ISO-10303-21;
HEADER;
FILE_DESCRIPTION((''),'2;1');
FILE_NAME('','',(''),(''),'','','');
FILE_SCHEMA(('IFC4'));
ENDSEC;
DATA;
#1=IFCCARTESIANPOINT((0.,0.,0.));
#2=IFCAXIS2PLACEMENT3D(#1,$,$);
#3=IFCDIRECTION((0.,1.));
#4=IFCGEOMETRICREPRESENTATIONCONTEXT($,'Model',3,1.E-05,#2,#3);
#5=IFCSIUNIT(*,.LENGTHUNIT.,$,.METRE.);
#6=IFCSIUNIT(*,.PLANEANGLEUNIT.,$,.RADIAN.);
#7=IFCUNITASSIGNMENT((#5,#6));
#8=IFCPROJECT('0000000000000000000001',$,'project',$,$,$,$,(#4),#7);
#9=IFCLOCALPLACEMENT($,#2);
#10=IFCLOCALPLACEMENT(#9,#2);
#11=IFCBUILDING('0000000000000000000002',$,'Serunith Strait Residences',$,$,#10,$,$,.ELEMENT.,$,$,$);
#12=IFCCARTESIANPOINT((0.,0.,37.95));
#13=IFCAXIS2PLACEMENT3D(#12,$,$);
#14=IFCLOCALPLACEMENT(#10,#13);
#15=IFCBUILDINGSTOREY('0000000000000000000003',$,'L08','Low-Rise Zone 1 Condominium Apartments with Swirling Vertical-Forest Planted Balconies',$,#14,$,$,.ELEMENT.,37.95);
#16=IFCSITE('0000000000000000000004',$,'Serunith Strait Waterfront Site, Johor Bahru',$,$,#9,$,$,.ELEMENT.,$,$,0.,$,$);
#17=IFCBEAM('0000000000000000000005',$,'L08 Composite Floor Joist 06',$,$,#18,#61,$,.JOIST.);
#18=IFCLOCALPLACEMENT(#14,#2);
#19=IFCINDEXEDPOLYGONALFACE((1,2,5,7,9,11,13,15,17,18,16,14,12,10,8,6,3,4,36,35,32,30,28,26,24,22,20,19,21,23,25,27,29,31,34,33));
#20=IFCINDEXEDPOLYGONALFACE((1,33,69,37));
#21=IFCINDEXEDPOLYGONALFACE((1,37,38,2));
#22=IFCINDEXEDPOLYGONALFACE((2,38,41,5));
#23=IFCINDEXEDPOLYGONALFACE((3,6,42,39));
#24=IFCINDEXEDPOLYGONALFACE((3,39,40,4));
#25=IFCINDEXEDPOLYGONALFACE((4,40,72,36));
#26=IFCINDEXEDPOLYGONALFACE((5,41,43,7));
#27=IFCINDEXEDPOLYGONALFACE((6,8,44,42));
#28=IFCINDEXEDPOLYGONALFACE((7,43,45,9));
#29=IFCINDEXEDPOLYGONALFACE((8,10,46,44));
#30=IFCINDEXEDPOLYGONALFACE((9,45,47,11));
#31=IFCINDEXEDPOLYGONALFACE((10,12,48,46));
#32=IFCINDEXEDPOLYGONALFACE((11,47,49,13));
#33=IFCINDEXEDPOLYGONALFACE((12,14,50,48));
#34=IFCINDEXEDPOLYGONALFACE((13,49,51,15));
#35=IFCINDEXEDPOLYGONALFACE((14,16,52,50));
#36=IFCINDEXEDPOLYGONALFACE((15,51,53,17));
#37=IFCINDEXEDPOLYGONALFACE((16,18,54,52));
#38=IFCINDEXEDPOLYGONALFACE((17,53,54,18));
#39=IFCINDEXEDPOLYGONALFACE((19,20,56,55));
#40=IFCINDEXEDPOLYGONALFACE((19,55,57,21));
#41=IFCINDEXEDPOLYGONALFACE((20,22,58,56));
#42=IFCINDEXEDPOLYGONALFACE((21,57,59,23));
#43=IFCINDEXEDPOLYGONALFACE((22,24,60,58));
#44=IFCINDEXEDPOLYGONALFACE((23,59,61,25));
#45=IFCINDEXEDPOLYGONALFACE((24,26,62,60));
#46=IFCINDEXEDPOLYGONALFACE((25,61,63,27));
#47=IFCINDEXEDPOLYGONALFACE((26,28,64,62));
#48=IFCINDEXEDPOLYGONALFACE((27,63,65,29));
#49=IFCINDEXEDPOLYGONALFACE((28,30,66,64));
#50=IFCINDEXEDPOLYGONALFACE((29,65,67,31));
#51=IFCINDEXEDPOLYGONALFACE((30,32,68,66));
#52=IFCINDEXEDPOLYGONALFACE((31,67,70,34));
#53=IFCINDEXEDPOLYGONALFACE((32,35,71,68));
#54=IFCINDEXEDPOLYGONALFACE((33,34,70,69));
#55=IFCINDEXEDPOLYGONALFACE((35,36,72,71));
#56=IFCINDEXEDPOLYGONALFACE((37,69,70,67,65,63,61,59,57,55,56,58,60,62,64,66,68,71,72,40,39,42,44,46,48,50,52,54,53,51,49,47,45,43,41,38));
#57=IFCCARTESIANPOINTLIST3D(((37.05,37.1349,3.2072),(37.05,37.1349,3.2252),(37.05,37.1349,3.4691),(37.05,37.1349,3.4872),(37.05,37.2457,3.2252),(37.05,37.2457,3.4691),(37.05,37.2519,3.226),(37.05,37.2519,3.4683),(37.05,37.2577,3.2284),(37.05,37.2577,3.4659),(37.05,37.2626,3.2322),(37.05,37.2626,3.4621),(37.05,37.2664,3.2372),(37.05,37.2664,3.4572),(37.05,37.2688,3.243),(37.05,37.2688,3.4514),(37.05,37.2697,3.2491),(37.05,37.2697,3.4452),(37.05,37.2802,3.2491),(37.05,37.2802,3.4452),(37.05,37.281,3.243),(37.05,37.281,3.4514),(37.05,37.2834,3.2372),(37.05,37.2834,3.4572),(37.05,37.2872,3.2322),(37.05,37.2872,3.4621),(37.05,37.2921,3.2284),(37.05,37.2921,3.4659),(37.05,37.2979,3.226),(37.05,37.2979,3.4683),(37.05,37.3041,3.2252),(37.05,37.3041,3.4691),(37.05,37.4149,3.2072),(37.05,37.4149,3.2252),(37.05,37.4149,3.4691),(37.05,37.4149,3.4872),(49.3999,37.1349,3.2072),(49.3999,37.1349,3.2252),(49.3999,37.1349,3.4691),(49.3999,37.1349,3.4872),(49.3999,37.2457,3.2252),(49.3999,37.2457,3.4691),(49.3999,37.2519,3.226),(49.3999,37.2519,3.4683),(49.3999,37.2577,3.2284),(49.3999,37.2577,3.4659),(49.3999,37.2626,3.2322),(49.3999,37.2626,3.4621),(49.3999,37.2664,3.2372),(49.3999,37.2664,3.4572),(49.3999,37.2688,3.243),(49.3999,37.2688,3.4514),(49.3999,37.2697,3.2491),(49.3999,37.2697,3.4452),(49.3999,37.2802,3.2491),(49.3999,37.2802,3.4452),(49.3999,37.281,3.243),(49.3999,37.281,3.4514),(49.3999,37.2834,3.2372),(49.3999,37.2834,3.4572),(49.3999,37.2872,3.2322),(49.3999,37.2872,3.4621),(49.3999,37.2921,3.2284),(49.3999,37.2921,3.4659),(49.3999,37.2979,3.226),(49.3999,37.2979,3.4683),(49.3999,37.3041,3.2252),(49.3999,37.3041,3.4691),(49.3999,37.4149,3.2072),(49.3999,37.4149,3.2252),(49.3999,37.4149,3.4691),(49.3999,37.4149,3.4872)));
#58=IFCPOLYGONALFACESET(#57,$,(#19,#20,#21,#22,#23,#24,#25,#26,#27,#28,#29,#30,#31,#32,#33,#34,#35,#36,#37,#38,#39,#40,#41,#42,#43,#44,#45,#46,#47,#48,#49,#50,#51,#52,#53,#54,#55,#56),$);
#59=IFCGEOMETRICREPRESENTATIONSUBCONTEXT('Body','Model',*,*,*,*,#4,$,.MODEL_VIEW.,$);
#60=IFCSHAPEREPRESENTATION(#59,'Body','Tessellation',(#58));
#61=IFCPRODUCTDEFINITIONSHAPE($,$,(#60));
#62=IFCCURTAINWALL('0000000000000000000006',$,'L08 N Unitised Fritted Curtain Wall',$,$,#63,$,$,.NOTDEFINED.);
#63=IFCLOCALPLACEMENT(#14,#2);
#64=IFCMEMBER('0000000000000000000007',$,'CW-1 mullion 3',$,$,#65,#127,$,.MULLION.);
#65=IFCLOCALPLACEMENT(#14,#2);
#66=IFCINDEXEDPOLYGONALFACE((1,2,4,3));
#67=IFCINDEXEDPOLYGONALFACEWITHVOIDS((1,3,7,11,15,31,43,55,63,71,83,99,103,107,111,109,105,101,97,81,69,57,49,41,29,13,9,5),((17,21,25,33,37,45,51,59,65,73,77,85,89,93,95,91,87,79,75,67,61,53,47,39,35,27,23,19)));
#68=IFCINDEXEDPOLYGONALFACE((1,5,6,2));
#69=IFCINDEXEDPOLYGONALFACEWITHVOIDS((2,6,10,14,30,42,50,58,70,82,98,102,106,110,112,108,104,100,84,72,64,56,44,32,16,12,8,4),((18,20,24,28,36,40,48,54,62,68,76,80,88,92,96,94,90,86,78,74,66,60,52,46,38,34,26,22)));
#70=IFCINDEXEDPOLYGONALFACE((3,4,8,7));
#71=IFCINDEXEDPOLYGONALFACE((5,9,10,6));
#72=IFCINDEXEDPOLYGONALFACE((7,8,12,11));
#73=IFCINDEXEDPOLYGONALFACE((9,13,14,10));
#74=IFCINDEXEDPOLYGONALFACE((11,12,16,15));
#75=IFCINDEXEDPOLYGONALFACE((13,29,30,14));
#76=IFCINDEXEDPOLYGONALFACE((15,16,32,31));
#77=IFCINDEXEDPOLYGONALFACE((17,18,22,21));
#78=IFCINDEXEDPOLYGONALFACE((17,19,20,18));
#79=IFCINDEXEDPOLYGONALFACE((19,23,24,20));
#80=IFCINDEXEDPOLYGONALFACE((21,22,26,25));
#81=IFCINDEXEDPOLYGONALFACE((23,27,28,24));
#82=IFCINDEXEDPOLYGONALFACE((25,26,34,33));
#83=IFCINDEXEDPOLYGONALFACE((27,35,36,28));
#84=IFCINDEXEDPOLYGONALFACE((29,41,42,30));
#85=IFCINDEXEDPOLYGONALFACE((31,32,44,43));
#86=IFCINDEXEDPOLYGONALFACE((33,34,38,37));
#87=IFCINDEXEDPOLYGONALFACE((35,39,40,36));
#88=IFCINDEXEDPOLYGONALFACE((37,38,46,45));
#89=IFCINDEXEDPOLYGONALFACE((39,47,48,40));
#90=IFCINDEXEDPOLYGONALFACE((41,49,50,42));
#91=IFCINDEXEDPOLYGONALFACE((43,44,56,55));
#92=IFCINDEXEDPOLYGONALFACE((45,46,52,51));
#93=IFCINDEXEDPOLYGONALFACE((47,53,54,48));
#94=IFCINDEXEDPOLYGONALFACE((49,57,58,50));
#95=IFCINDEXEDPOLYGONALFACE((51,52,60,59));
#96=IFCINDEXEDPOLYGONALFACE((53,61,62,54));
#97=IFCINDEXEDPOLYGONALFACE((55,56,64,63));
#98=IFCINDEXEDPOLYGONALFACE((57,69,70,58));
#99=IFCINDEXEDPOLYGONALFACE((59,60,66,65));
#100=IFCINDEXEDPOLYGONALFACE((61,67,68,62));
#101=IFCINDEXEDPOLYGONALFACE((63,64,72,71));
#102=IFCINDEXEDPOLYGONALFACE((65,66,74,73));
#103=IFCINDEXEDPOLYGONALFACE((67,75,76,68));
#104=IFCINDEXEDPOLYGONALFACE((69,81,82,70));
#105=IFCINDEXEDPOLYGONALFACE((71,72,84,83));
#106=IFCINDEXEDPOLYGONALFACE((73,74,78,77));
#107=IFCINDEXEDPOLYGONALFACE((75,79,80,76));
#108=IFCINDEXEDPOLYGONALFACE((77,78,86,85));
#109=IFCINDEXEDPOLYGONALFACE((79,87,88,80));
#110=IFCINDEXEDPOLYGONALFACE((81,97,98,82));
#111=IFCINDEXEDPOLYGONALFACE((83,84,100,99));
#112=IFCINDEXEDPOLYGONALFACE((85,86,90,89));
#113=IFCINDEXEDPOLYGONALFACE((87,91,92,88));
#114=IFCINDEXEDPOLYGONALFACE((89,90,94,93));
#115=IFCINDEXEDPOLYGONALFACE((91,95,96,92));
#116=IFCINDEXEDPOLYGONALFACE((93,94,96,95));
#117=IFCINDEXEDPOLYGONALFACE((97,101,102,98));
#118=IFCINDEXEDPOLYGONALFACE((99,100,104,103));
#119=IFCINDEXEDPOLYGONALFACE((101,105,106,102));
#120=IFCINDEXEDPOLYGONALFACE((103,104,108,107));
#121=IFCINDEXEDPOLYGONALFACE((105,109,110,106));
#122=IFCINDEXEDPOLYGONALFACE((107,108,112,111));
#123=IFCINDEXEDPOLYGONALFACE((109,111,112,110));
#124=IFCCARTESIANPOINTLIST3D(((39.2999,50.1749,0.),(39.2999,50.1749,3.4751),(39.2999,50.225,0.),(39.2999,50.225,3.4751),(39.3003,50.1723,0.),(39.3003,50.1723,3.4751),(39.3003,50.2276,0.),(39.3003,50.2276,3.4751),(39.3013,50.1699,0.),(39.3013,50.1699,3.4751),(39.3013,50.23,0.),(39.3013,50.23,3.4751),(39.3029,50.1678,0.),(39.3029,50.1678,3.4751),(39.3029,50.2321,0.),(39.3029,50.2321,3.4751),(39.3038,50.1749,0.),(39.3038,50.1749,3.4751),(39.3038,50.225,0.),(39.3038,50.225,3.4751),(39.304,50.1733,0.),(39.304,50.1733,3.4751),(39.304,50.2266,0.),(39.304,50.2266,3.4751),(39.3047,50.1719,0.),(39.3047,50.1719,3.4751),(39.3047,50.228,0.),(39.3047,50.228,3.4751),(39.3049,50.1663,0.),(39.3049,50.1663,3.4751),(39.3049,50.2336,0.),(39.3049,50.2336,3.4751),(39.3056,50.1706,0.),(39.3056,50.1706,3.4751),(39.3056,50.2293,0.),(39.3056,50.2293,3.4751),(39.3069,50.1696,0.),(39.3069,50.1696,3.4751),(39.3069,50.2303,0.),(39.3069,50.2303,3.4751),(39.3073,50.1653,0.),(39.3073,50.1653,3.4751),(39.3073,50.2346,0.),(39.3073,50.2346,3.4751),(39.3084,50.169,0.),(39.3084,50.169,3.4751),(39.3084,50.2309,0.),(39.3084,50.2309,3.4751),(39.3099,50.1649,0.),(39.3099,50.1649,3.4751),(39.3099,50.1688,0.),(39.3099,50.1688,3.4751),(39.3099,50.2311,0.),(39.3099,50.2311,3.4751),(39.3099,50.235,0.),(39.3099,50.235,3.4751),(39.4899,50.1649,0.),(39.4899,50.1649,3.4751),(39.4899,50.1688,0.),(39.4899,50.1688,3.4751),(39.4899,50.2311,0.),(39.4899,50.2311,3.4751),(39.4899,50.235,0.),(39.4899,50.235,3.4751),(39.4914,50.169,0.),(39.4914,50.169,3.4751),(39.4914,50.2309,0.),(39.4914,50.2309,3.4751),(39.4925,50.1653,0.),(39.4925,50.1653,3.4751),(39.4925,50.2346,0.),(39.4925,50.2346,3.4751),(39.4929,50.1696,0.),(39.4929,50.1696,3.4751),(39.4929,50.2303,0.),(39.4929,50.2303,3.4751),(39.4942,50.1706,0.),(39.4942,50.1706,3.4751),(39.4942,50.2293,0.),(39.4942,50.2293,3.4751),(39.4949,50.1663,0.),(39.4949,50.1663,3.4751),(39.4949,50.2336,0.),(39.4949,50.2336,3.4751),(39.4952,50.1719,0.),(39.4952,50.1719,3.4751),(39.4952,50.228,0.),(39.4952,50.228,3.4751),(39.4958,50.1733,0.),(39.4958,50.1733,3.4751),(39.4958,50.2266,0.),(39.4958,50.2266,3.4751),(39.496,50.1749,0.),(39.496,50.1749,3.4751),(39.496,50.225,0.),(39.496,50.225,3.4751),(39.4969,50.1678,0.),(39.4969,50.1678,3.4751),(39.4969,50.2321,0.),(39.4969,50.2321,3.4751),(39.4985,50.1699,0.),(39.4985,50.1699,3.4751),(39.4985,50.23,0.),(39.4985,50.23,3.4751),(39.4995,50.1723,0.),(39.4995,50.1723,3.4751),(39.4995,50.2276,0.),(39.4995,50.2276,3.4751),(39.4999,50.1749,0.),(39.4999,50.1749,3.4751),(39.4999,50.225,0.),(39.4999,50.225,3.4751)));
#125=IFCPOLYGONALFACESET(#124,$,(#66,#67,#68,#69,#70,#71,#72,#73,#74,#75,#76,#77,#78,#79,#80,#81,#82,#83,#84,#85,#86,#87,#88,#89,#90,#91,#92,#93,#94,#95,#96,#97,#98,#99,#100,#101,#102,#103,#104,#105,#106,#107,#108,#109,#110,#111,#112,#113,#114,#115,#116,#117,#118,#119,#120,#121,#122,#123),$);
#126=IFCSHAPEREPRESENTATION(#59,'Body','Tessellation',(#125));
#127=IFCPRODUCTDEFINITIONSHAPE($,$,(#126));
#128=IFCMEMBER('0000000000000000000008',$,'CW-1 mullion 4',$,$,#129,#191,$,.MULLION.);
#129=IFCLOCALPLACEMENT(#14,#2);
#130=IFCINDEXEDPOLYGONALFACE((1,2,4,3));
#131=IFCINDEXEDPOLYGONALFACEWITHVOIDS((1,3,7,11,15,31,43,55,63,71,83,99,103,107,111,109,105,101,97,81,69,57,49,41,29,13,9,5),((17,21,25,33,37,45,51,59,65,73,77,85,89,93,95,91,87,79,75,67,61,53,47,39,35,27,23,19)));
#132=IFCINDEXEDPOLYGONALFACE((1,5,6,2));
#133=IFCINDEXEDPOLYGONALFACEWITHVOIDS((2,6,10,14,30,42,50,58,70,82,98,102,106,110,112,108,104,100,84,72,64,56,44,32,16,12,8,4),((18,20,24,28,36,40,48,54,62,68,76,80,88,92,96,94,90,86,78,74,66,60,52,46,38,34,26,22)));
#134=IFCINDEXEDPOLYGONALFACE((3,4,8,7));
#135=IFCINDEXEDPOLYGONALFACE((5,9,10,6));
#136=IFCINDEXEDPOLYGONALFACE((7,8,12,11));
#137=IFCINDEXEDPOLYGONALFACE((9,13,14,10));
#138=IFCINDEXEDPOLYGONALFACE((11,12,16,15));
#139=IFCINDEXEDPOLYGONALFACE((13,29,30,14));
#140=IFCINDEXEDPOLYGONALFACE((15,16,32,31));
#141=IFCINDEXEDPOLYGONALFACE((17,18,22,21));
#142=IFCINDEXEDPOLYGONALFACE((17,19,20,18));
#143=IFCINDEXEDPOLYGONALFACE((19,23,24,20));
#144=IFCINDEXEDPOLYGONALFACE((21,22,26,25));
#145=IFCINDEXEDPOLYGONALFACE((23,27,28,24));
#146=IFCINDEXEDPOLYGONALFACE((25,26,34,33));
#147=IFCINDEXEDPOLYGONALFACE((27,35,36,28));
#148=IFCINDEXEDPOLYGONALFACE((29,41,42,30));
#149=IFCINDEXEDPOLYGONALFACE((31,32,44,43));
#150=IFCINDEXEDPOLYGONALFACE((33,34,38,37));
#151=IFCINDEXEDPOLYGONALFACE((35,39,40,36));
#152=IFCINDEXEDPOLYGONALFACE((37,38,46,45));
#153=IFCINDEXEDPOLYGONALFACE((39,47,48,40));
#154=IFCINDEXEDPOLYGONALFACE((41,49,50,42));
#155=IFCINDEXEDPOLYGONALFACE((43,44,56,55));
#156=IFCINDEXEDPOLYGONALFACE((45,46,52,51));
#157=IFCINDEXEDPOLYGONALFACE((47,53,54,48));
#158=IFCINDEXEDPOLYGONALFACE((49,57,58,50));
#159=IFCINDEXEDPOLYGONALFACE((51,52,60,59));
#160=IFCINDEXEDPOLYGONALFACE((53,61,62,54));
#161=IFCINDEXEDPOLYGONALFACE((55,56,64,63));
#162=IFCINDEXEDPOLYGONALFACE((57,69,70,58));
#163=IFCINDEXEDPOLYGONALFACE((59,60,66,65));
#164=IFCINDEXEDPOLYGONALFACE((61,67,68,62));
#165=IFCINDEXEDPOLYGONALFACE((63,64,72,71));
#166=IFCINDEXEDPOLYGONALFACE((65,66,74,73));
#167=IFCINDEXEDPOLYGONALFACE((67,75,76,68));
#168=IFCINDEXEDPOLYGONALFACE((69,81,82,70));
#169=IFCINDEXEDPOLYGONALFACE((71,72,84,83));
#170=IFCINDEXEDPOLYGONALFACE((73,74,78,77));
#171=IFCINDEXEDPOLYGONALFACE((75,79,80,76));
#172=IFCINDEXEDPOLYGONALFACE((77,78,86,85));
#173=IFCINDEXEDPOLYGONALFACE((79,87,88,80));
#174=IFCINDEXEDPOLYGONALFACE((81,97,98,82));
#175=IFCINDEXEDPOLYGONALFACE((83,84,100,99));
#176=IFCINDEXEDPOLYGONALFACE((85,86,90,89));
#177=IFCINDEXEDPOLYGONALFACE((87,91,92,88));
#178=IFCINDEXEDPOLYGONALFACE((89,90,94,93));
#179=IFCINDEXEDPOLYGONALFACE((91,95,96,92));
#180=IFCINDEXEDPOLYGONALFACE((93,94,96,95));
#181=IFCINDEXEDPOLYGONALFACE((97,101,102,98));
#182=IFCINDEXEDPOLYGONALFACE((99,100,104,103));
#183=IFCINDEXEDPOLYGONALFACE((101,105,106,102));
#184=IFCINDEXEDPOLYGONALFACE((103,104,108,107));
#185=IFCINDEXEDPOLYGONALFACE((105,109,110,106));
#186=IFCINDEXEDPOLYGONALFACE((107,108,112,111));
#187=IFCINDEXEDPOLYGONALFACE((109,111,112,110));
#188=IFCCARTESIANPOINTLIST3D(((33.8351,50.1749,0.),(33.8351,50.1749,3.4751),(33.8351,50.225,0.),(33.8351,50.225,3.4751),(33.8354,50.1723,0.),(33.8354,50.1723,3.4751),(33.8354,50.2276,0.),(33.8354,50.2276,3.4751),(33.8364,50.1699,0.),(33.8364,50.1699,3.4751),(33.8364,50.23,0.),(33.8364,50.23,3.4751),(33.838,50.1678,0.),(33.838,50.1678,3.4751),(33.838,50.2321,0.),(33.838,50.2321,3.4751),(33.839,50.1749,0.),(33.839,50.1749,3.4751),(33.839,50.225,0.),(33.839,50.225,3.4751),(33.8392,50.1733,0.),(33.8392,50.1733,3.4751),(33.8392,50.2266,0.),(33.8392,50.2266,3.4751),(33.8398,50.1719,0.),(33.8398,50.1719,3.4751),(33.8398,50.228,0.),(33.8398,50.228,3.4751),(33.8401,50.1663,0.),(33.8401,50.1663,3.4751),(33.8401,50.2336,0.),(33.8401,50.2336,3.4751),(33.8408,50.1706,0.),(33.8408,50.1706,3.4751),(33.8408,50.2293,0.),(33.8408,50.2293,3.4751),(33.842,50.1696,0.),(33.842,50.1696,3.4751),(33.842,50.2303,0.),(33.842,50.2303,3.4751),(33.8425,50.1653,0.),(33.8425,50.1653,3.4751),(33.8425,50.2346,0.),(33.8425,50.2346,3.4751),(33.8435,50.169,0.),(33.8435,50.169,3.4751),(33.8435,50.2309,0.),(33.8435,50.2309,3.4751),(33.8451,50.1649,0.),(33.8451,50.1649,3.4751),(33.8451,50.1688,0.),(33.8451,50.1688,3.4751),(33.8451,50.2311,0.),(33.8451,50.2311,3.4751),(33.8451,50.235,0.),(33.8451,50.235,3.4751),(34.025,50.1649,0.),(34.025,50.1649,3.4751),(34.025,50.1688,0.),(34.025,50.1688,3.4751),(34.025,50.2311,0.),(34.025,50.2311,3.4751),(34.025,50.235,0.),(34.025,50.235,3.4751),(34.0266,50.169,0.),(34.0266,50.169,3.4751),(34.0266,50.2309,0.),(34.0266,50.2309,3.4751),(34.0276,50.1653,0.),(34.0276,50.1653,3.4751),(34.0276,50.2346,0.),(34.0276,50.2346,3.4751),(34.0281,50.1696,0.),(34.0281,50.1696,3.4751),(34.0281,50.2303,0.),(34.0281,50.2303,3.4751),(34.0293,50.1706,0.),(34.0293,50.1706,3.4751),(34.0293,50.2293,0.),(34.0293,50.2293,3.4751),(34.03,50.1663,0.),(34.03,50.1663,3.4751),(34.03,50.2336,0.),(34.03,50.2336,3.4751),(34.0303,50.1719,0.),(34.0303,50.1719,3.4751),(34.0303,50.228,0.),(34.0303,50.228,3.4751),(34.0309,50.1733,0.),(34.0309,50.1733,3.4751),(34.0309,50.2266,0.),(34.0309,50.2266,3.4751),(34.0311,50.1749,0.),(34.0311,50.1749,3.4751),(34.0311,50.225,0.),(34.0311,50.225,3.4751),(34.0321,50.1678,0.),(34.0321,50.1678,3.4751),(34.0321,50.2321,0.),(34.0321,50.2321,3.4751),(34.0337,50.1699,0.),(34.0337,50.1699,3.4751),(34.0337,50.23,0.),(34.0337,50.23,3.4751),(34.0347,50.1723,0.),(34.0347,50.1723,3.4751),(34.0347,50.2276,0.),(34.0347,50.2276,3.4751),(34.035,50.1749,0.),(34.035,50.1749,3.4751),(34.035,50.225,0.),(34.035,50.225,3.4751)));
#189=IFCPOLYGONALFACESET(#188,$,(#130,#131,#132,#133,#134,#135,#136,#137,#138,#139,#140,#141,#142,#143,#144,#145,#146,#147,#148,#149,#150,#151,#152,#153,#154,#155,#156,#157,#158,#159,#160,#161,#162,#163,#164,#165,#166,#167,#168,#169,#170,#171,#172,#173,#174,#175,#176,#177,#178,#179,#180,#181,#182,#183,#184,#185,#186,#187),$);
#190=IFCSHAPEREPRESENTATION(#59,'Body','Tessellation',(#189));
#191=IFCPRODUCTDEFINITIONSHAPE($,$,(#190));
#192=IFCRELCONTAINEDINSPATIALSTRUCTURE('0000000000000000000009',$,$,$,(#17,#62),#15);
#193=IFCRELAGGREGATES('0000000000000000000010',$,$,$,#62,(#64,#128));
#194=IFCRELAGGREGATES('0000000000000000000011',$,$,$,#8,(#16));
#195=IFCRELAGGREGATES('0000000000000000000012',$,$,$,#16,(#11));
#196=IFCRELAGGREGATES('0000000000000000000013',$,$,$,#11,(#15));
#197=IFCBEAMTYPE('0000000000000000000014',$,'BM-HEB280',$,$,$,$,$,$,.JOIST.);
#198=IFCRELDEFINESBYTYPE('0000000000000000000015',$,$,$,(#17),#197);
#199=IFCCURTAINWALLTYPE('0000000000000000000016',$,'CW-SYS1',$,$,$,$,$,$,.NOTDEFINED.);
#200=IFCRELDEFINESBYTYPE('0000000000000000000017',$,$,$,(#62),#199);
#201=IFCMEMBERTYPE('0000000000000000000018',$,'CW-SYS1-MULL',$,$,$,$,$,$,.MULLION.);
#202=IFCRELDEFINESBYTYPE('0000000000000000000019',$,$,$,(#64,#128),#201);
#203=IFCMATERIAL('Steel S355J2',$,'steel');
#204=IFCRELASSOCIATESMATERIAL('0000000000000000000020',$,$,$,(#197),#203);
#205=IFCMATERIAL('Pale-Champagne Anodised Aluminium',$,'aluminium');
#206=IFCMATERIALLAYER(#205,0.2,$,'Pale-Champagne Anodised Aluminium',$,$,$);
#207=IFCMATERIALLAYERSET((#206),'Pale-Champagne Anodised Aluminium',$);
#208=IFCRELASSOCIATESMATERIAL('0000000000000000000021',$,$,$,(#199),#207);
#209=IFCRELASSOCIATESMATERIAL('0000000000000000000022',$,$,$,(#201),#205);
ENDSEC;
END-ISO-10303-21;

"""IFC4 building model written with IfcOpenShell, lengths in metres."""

from ifc_helpers import new_model, si_unit, direction, frame, origin, origin_2d, place, context, subcontext, project, spatial, hollow_rectangle, i_section, extrude, source, transform, mapped, material, layer, layer_set, material_profile, profile_set, type_object, element, aggregate, save


model = new_model("IFC4")

# Units and contexts
model_context = context("Model", 3, precision=1e-05, world=origin(), true_north=direction((0.0, 1.0)))
body_context = subcontext(model_context, "Body", "Model", "MODEL_VIEW")
ifc_project = project(units=[si_unit("LENGTHUNIT", "METRE"), si_unit("PLANEANGLEUNIT", "RADIAN")], contexts=[model_context])

# Site, building, storey
site_placement = place(None, origin())
site = spatial("IfcSite", under=ifc_project, at=site_placement, Name="Serunith Strait Waterfront Site, Johor Bahru", CompositionType="ELEMENT", RefElevation=0.0)
building_placement = place(site_placement, origin())
building = spatial("IfcBuilding", under=site, at=building_placement, Name="Serunith Strait Residences", CompositionType="ELEMENT")
storey_placement = place(building_placement, frame((0.0, 0.0, 37.95)))
storey = spatial("IfcBuildingStorey", under=building, at=storey_placement, Name="L08", Description="Low-Rise Zone 1 Condominium Apartments with Swirling Vertical-Forest Planted Balconies", CompositionType="ELEMENT", Elevation=37.95)

# Beam
ifc_material_1 = material(Name="Steel S355J2", Category="steel")
ifc_material_profile_1 = material_profile(ifc_material_1, i_section(OverallWidth=0.28, OverallDepth=0.28, WebThickness=0.0105, FlangeThickness=0.0181, FilletRadius=0.0239, at=origin_2d()), Name="HEB 280")
ifc_profile_set_1 = profile_set([ifc_material_profile_1], Name="Steel S355J2")
beam_type_1 = type_object("IfcBeamType", Name="BM-HEB280", PredefinedType="JOIST", material=ifc_profile_set_1)
shared_shape_1 = source(origin(), body_context, "Body", "SweptSolid", [
    extrude(i_section(OverallWidth=0.28, OverallDepth=0.28, WebThickness=0.0105, FlangeThickness=0.0181, FilletRadius=0.0239, at=origin_2d()), origin(), (0.0, 0.0, 1.0), 12.3499),
])
beam_1_placement = place(storey_placement, frame((37.05, 37.2749, 3.3472), z_axis=(1.0, 0.0, 0.0), x_axis=(0.0, 1.0, 0.0)))
element("IfcBeam", 1, at=beam_1_placement, inside=storey, type_object=beam_type_1, Name="L08 Composite Floor Joist 06", PredefinedType="JOIST", context=body_context, shape_type="MappedRepresentation", body=[
    mapped(shared_shape_1, transform((0.0, 0.0, 0.0), scale=1.0)),
])

# Curtain wall, members
ifc_material_2 = material(Name="Pale-Champagne Anodised Aluminium", Category="aluminium")
ifc_layer_1 = layer(ifc_material_2, 0.2, Name="Pale-Champagne Anodised Aluminium")
ifc_layer_set_1 = layer_set([ifc_layer_1], Name="Pale-Champagne Anodised Aluminium")
curtain_wall_type = type_object("IfcCurtainWallType", Name="CW-SYS1", PredefinedType="NOTDEFINED", material=ifc_layer_set_1)
curtain_wall_1_placement = place(storey_placement, origin())
curtain_wall_1 = element("IfcCurtainWall", 2, at=curtain_wall_1_placement, inside=storey, type_object=curtain_wall_type, Name="L08 N Unitised Fritted Curtain Wall", PredefinedType="NOTDEFINED")
ifc_material_profile_2 = material_profile(ifc_material_2, hollow_rectangle(XDim=0.0701, YDim=0.2, WallThickness=0.0039, InnerFilletRadius=0.0061, OuterFilletRadius=0.01, at=origin_2d()), Name="ALU 200x70x4")
ifc_profile_set_2 = profile_set([ifc_material_profile_2], Name="Pale-Champagne Anodised Aluminium")
member_type_1 = type_object("IfcMemberType", Name="CW-SYS1-MULL", PredefinedType="MULLION", material=ifc_profile_set_2)
shared_shape_2 = source(origin(), body_context, "Body", "SweptSolid", [
    extrude(hollow_rectangle(XDim=0.0701, YDim=0.2, WallThickness=0.0039, InnerFilletRadius=0.0061, OuterFilletRadius=0.01, at=origin_2d()), origin(), (0.0, 0.0, 1.0), 3.4751),
])
member_1_placement = place(storey_placement, frame((39.3999, 50.2, 0.0), z_axis=(0.0, 0.0, 1.0), x_axis=(0.0, -1.0, 0.0)))
member_1 = element("IfcMember", 3, at=member_1_placement, type_object=member_type_1, Name="CW-1 mullion 3", PredefinedType="MULLION", context=body_context, shape_type="MappedRepresentation", body=[
    mapped(shared_shape_2, transform((0.0, 0.0, 0.0), scale=1.0)),
])
member_2_placement = place(storey_placement, frame((33.9351, 50.2, 0.0), z_axis=(0.0, 0.0, 1.0), x_axis=(0.0, -1.0, 0.0)))
member_2 = element("IfcMember", 4, at=member_2_placement, type_object=member_type_1, Name="CW-1 mullion 4", PredefinedType="MULLION", context=body_context, shape_type="MappedRepresentation", body=[
    mapped(shared_shape_2, transform((0.0, 0.0, 0.0), scale=1.0)),
])

aggregate(curtain_wall_1, [member_1, member_2])

save(model, "model.ifc")
